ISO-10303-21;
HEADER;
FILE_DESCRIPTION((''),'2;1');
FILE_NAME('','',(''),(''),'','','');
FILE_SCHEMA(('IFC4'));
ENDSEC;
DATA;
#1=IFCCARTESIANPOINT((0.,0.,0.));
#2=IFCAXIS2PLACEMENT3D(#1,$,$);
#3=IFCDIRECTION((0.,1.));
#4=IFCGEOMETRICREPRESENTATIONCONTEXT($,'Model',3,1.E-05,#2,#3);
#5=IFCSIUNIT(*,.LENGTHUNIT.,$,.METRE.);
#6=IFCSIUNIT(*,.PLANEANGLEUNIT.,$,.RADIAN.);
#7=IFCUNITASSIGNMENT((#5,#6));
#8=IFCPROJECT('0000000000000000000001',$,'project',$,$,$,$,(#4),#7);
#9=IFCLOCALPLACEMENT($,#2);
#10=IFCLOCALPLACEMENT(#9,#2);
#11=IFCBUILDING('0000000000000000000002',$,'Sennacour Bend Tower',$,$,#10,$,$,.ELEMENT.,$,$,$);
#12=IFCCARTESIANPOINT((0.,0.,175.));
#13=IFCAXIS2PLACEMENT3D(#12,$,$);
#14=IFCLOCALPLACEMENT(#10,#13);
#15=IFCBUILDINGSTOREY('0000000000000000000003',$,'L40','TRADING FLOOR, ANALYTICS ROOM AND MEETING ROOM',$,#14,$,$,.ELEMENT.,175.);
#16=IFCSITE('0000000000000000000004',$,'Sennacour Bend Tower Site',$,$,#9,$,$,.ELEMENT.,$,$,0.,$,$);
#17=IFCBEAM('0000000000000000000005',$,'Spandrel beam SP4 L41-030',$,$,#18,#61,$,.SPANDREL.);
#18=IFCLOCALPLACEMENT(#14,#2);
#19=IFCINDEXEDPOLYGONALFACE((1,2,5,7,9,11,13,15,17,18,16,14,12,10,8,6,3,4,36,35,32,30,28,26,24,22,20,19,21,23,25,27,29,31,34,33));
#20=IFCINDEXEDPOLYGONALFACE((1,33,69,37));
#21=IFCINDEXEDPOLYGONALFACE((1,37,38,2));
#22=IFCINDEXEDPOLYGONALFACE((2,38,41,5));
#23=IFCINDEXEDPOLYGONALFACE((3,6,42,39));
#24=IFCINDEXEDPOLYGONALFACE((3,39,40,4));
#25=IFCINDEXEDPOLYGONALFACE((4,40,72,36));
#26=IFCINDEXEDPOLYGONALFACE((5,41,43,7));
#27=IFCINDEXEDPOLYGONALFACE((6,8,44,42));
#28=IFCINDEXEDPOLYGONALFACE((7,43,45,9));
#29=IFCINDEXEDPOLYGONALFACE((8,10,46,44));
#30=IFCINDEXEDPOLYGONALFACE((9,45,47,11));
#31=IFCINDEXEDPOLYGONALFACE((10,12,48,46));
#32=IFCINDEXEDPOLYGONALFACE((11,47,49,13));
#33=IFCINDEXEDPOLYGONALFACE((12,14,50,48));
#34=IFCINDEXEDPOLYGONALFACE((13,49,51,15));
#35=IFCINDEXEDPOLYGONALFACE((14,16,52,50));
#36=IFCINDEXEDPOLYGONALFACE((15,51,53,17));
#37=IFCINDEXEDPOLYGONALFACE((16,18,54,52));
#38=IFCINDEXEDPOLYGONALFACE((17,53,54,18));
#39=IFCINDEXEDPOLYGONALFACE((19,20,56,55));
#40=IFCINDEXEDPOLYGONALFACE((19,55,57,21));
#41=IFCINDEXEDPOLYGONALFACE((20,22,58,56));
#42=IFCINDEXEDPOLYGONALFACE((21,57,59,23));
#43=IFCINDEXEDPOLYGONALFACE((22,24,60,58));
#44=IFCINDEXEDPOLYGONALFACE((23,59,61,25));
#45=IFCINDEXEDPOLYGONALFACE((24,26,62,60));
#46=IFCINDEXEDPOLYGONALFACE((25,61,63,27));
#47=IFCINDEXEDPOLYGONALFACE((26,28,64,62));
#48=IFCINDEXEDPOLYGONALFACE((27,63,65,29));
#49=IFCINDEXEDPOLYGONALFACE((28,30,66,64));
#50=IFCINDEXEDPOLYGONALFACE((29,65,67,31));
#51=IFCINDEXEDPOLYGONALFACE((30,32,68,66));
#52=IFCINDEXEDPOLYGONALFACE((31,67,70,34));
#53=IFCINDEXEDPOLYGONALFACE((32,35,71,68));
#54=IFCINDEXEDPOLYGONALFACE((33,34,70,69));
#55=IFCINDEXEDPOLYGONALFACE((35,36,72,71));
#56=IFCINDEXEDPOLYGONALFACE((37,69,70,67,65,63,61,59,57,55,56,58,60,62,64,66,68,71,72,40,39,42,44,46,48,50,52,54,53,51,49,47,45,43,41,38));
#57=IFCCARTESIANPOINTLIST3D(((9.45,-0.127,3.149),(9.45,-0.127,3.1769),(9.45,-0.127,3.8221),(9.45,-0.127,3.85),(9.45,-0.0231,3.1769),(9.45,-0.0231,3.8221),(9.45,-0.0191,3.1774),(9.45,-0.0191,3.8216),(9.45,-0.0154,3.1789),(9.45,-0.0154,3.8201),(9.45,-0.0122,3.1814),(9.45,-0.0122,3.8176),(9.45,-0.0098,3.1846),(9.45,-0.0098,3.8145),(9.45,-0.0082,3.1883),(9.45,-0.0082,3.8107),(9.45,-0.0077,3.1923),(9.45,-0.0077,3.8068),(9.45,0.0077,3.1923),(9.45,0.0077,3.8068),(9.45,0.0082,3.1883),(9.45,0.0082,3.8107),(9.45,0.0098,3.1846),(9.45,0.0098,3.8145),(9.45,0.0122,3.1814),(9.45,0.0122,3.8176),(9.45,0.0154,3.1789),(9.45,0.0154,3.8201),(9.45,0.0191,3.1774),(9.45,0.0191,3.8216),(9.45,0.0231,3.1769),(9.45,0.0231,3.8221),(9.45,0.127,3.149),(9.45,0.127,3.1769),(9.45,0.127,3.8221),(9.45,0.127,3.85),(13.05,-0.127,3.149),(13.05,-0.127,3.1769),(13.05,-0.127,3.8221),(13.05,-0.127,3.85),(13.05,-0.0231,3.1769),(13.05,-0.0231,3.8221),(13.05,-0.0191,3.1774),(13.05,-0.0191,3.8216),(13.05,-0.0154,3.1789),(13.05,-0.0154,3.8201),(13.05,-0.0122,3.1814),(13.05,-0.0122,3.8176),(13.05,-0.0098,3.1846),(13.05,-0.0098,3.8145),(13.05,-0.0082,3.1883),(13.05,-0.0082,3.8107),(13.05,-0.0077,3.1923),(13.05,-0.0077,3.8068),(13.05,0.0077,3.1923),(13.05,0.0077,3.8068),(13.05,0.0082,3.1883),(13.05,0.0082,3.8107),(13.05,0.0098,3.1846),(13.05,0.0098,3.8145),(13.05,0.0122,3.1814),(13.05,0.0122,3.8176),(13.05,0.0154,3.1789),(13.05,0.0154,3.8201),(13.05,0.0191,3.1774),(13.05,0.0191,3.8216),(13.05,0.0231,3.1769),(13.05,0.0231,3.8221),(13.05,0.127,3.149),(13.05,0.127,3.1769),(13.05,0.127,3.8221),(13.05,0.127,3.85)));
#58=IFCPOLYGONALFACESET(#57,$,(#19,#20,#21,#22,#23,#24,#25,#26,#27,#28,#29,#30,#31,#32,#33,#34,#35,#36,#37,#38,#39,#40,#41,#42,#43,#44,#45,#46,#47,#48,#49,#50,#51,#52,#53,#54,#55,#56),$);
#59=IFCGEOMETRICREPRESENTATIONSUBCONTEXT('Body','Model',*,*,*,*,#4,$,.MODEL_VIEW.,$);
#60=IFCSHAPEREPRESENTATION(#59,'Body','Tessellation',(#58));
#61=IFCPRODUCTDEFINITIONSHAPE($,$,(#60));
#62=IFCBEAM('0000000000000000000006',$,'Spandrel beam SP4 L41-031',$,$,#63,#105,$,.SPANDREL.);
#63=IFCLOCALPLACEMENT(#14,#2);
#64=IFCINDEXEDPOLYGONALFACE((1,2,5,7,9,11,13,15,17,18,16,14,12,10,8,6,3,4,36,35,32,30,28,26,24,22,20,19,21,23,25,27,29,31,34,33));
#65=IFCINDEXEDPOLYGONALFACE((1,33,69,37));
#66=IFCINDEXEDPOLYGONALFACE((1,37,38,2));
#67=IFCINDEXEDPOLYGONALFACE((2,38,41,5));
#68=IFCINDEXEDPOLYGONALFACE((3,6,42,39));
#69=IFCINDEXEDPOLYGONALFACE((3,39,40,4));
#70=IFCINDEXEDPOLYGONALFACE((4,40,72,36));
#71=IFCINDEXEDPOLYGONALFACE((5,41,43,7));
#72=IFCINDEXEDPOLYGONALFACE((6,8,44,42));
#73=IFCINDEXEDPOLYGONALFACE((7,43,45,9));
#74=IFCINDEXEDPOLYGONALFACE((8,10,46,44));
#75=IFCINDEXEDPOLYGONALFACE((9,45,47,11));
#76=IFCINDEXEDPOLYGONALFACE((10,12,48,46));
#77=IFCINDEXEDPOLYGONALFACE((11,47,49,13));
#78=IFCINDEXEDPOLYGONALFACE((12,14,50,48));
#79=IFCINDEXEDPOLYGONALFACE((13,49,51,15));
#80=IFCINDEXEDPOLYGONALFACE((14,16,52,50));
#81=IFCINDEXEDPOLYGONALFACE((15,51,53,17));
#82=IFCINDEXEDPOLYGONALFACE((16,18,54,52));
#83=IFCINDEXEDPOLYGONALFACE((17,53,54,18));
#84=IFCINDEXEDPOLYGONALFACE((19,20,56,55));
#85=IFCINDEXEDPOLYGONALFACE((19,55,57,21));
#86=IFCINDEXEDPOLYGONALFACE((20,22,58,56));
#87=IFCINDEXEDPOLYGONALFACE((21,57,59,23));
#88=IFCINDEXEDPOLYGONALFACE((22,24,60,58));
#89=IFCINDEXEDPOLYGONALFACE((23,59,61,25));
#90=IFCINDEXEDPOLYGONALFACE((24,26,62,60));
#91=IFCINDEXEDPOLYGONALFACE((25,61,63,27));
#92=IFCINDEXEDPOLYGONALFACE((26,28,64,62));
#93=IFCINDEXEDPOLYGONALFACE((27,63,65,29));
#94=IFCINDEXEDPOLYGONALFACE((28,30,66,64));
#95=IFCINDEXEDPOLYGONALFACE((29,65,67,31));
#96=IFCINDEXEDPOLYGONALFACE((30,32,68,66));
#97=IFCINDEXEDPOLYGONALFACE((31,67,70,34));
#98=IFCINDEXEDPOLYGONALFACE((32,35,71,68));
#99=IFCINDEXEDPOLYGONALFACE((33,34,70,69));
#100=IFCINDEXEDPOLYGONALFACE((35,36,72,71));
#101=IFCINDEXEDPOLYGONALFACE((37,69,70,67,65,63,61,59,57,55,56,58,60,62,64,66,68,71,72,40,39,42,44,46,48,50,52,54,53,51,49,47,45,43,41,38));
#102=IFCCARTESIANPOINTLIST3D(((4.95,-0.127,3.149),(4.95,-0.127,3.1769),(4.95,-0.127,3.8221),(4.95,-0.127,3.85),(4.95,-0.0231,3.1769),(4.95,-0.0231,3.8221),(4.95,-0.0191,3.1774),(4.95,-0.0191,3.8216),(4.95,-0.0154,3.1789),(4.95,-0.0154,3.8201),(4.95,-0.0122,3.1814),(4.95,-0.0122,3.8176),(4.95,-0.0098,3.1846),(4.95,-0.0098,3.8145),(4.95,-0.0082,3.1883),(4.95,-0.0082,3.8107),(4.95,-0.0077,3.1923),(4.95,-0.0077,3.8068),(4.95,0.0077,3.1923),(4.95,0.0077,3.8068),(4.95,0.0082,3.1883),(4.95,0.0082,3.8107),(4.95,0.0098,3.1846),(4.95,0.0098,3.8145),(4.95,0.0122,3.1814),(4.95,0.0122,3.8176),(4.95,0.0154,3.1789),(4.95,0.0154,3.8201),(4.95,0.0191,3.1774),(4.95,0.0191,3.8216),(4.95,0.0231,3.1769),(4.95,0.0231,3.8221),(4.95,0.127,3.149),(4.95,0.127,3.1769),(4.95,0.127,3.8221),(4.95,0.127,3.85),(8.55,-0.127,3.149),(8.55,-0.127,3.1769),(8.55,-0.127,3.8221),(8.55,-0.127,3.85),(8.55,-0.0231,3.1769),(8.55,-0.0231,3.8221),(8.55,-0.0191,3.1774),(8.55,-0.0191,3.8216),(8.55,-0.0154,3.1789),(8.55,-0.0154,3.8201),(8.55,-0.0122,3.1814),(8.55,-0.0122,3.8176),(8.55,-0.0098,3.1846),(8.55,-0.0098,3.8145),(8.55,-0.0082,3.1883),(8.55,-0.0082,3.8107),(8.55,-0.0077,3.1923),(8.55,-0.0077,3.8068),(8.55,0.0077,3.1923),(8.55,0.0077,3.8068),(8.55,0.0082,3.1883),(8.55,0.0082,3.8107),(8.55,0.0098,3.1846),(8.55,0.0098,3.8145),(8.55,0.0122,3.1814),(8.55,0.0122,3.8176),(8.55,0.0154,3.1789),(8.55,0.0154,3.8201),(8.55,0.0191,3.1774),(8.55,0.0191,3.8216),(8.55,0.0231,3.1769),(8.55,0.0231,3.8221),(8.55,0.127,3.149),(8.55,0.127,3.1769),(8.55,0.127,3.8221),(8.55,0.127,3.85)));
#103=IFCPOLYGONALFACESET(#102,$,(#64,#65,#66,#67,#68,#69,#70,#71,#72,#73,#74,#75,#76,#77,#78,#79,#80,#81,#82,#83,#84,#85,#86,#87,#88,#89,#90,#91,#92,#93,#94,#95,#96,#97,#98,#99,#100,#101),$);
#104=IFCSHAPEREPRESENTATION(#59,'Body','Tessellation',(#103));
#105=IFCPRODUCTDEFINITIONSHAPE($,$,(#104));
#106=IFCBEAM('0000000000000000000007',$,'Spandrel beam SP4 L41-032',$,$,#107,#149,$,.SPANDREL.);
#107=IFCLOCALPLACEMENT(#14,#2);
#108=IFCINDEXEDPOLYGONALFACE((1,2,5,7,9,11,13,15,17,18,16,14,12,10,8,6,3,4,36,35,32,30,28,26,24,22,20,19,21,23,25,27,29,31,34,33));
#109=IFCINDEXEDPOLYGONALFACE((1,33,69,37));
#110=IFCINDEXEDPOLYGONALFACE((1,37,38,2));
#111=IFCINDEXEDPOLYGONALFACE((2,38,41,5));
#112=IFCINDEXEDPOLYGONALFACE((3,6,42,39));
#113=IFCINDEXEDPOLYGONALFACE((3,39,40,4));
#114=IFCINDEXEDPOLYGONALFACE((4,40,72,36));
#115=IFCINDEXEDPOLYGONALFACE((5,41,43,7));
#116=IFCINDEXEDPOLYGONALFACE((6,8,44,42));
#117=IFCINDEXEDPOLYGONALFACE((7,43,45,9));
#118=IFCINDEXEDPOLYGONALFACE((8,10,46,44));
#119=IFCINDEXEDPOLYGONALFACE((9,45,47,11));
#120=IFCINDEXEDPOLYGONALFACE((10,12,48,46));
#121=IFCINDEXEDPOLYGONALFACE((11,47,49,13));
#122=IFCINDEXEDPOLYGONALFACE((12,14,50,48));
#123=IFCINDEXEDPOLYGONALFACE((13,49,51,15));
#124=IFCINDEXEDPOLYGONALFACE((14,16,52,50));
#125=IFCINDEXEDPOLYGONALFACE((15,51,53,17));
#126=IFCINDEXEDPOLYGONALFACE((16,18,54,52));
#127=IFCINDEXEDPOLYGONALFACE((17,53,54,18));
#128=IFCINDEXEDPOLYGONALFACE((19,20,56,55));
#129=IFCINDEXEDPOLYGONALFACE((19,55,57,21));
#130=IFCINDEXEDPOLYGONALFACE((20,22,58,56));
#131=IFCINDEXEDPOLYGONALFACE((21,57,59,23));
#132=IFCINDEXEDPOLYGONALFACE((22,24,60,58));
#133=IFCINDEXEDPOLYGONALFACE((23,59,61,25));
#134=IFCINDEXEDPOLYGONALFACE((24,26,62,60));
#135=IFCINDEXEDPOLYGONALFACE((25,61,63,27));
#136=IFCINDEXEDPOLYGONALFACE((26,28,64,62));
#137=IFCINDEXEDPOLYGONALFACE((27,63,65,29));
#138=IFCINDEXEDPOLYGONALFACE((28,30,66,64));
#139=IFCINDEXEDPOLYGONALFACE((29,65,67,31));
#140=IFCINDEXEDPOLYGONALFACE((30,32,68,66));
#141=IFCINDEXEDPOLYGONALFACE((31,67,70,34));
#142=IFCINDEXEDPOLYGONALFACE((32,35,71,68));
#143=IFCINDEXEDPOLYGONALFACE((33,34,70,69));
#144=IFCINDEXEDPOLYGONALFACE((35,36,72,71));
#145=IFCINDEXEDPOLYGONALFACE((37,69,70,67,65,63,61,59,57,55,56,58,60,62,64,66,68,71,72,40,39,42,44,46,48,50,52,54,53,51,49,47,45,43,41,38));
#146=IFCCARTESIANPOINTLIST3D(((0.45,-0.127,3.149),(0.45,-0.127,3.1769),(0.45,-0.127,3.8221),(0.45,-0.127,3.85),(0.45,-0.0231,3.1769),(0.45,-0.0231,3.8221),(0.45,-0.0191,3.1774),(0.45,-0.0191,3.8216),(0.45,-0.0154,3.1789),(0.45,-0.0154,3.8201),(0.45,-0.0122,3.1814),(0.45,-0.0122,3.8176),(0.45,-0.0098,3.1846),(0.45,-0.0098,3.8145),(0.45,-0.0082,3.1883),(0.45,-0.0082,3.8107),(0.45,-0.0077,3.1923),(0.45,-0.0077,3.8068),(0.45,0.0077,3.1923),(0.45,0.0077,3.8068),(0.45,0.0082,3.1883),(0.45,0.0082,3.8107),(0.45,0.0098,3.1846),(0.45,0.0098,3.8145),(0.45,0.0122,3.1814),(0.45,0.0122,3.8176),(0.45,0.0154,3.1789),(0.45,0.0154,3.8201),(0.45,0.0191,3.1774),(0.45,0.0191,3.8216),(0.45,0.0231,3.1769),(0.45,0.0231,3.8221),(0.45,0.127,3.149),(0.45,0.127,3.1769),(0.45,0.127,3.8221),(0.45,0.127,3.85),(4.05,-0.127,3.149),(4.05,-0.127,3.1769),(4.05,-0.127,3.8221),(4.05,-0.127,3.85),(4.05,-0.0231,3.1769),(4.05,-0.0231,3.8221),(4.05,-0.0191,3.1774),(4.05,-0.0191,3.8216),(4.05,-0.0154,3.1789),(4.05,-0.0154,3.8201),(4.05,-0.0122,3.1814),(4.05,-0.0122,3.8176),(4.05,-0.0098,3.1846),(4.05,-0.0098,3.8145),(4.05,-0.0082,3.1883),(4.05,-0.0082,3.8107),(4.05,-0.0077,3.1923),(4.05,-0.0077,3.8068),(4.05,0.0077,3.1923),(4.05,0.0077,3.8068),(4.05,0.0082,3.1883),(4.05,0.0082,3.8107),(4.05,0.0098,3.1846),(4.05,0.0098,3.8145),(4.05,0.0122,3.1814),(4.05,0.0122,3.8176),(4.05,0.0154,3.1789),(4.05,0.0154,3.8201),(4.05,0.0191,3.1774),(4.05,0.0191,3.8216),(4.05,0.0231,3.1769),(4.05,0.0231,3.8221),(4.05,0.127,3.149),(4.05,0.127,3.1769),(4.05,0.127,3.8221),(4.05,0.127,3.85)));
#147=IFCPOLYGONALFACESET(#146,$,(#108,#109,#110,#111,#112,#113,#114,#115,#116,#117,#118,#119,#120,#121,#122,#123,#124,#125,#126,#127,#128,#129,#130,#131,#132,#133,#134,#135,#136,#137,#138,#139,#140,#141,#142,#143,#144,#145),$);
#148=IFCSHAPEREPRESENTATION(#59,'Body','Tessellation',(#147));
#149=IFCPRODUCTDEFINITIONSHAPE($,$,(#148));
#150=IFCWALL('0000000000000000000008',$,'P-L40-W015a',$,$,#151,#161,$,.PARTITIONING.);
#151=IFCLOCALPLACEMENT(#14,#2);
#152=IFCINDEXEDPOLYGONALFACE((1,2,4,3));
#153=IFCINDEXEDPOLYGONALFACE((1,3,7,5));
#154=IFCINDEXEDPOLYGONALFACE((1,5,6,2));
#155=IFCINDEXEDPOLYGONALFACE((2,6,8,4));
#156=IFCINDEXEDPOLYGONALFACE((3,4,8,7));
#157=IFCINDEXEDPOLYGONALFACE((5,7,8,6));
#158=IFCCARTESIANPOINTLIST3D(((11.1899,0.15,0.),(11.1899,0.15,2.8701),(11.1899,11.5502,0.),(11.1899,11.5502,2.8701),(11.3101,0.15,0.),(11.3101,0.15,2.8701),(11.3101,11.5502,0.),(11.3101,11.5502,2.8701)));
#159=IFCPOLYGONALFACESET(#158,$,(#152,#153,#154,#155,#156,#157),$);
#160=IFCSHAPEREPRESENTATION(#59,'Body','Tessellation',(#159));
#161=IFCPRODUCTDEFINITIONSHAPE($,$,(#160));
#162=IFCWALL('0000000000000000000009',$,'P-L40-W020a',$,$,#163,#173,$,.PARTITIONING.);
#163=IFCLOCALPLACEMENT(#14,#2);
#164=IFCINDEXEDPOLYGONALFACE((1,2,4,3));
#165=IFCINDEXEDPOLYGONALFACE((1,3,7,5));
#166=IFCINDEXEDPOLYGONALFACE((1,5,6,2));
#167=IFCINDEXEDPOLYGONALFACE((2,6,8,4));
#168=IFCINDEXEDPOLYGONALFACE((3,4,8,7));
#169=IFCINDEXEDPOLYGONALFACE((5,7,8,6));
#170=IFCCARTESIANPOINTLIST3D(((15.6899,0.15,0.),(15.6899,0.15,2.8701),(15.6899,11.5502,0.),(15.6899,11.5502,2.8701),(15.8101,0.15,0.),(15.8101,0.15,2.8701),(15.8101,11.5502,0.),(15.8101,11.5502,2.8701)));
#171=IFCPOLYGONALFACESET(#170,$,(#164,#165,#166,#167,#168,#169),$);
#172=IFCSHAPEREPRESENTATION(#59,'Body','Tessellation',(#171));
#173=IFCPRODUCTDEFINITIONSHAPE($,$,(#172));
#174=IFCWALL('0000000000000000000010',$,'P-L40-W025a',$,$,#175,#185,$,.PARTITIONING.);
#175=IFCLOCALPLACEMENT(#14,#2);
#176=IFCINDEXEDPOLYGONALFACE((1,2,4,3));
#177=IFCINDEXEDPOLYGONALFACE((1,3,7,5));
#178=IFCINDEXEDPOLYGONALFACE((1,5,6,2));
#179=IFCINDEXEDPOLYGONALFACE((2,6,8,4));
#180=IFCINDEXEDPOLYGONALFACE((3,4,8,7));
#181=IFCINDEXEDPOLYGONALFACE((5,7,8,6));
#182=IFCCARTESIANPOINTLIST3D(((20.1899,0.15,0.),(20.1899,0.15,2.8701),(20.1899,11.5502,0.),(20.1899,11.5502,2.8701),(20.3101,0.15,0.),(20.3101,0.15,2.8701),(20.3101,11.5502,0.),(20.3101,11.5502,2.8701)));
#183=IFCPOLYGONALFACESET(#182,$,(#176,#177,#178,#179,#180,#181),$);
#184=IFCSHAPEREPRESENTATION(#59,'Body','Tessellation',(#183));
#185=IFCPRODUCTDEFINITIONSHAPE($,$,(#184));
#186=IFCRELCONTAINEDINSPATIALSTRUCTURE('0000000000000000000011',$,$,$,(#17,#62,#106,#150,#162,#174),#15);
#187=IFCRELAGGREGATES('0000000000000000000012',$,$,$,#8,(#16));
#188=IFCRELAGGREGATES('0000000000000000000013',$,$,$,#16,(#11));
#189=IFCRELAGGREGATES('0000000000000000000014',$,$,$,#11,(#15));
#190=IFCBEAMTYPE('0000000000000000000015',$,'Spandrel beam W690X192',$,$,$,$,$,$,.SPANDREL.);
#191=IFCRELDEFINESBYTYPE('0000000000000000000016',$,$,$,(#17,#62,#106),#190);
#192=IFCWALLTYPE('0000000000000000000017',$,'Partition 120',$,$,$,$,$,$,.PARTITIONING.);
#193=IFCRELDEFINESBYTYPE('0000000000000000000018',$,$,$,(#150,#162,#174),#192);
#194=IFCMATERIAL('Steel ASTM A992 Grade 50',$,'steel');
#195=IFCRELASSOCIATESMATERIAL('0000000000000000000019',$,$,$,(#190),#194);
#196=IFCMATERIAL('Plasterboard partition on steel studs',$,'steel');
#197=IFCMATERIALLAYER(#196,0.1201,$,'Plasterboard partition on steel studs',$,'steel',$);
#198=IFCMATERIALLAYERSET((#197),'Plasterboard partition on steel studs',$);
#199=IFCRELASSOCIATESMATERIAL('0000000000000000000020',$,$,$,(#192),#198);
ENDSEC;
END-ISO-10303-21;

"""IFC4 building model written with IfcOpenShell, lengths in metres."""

from ifc_helpers import new_model, si_unit, direction, frame, frame_2d, origin, origin_2d, place, context, subcontext, project, spatial, rectangle, i_section, extrude, material, layer, layer_set, material_profile, profile_set, type_object, element, save


model = new_model("IFC4")

# Units and contexts
model_context = context("Model", 3, precision=1e-05, world=origin(), true_north=direction((0.0, 1.0)))
body_context = subcontext(model_context, "Body", "Model", "MODEL_VIEW")
ifc_project = project(units=[si_unit("LENGTHUNIT", "METRE"), si_unit("PLANEANGLEUNIT", "RADIAN")], contexts=[model_context])

# Site, building, storey
site_placement = place(None, origin())
site = spatial("IfcSite", under=ifc_project, at=site_placement, Name="Sennacour Bend Tower Site", CompositionType="ELEMENT", RefElevation=0.0)
building_placement = place(site_placement, origin())
building = spatial("IfcBuilding", under=site, at=building_placement, Name="Sennacour Bend Tower", CompositionType="ELEMENT")
storey_placement = place(building_placement, frame((0.0, 0.0, 175.0)))
storey = spatial("IfcBuildingStorey", under=building, at=storey_placement, Name="L40", Description="TRADING FLOOR, ANALYTICS ROOM AND MEETING ROOM", CompositionType="ELEMENT", Elevation=175.0)

# Beams
ifc_material_1 = material(Name="Steel ASTM A992 Grade 50", Category="steel")
ifc_material_profile_1 = material_profile(ifc_material_1, i_section(OverallWidth=0.2539, OverallDepth=0.7009, WebThickness=0.0154, FlangeThickness=0.0278, FilletRadius=0.0154, at=origin_2d()), Name="Steel ASTM A992 Grade 50", Category="steel")
ifc_profile_set_1 = profile_set([ifc_material_profile_1], Name="Steel ASTM A992 Grade 50")
beam_type_1 = type_object("IfcBeamType", Name="Spandrel beam W690X192", PredefinedType="SPANDREL", material=ifc_profile_set_1)
for number, where, z_axis, x_axis, name in (
    (1, (13.05, 0.0, 3.4995), (-1.0, 0.0, 0.0), (0.0, -1.0, 0.0), "Spandrel beam SP4 L41-030"),
    (2, (8.55, 0.0, 3.4995), (-1.0, 0.0, 0.0), (0.0, -1.0, 0.0), "Spandrel beam SP4 L41-031"),
    (3, (4.05, 0.0, 3.4995), (-1.0, 0.0, 0.0), (0.0, -1.0, 0.0), "Spandrel beam SP4 L41-032"),
):
    element("IfcBeam", number, at=place(storey_placement, frame(where, z_axis=z_axis, x_axis=x_axis)), inside=storey, type_object=beam_type_1, Name=name, PredefinedType="SPANDREL", context=body_context, shape_type="SweptSolid", body=[
        extrude(i_section(OverallWidth=0.2539, OverallDepth=0.7009, WebThickness=0.0154, FlangeThickness=0.0278, FilletRadius=0.0154, at=origin_2d()), origin(), (0.0, 0.0, 1.0), 3.6001),
    ])

# Walls
ifc_material_2 = material(Name="Plasterboard partition on steel studs", Category="steel")
ifc_layer_1 = layer(ifc_material_2, 0.1201, Name="Plasterboard partition on steel studs", Category="steel")
ifc_layer_set_1 = layer_set([ifc_layer_1], Name="Plasterboard partition on steel studs")
wall_type_1 = type_object("IfcWallType", Name="Partition 120", PredefinedType="PARTITIONING", material=ifc_layer_set_1)
for number, where, z_axis, x_axis, name in (
    (4, (11.25, 0.1499, 0.0), (0.0, 0.0, 1.0), (0.0, 1.0, 0.0), "P-L40-W015a"),
    (5, (15.75, 0.1499, 0.0), (0.0, 0.0, 1.0), (0.0, 1.0, 0.0), "P-L40-W020a"),
    (6, (20.25, 0.1499, 0.0), (0.0, 0.0, 1.0), (0.0, 1.0, 0.0), "P-L40-W025a"),
):
    element("IfcWall", number, at=place(storey_placement, frame(where, z_axis=z_axis, x_axis=x_axis)), inside=storey, type_object=wall_type_1, Name=name, PredefinedType="PARTITIONING", context=body_context, shape_type="SweptSolid", body=[
        extrude(rectangle(XDim=11.4001, YDim=0.1201, at=frame_2d((5.7002, 0.0))), origin(), (0.0, 0.0, 1.0), 2.8701),
    ])

save(model, "model.ifc")
